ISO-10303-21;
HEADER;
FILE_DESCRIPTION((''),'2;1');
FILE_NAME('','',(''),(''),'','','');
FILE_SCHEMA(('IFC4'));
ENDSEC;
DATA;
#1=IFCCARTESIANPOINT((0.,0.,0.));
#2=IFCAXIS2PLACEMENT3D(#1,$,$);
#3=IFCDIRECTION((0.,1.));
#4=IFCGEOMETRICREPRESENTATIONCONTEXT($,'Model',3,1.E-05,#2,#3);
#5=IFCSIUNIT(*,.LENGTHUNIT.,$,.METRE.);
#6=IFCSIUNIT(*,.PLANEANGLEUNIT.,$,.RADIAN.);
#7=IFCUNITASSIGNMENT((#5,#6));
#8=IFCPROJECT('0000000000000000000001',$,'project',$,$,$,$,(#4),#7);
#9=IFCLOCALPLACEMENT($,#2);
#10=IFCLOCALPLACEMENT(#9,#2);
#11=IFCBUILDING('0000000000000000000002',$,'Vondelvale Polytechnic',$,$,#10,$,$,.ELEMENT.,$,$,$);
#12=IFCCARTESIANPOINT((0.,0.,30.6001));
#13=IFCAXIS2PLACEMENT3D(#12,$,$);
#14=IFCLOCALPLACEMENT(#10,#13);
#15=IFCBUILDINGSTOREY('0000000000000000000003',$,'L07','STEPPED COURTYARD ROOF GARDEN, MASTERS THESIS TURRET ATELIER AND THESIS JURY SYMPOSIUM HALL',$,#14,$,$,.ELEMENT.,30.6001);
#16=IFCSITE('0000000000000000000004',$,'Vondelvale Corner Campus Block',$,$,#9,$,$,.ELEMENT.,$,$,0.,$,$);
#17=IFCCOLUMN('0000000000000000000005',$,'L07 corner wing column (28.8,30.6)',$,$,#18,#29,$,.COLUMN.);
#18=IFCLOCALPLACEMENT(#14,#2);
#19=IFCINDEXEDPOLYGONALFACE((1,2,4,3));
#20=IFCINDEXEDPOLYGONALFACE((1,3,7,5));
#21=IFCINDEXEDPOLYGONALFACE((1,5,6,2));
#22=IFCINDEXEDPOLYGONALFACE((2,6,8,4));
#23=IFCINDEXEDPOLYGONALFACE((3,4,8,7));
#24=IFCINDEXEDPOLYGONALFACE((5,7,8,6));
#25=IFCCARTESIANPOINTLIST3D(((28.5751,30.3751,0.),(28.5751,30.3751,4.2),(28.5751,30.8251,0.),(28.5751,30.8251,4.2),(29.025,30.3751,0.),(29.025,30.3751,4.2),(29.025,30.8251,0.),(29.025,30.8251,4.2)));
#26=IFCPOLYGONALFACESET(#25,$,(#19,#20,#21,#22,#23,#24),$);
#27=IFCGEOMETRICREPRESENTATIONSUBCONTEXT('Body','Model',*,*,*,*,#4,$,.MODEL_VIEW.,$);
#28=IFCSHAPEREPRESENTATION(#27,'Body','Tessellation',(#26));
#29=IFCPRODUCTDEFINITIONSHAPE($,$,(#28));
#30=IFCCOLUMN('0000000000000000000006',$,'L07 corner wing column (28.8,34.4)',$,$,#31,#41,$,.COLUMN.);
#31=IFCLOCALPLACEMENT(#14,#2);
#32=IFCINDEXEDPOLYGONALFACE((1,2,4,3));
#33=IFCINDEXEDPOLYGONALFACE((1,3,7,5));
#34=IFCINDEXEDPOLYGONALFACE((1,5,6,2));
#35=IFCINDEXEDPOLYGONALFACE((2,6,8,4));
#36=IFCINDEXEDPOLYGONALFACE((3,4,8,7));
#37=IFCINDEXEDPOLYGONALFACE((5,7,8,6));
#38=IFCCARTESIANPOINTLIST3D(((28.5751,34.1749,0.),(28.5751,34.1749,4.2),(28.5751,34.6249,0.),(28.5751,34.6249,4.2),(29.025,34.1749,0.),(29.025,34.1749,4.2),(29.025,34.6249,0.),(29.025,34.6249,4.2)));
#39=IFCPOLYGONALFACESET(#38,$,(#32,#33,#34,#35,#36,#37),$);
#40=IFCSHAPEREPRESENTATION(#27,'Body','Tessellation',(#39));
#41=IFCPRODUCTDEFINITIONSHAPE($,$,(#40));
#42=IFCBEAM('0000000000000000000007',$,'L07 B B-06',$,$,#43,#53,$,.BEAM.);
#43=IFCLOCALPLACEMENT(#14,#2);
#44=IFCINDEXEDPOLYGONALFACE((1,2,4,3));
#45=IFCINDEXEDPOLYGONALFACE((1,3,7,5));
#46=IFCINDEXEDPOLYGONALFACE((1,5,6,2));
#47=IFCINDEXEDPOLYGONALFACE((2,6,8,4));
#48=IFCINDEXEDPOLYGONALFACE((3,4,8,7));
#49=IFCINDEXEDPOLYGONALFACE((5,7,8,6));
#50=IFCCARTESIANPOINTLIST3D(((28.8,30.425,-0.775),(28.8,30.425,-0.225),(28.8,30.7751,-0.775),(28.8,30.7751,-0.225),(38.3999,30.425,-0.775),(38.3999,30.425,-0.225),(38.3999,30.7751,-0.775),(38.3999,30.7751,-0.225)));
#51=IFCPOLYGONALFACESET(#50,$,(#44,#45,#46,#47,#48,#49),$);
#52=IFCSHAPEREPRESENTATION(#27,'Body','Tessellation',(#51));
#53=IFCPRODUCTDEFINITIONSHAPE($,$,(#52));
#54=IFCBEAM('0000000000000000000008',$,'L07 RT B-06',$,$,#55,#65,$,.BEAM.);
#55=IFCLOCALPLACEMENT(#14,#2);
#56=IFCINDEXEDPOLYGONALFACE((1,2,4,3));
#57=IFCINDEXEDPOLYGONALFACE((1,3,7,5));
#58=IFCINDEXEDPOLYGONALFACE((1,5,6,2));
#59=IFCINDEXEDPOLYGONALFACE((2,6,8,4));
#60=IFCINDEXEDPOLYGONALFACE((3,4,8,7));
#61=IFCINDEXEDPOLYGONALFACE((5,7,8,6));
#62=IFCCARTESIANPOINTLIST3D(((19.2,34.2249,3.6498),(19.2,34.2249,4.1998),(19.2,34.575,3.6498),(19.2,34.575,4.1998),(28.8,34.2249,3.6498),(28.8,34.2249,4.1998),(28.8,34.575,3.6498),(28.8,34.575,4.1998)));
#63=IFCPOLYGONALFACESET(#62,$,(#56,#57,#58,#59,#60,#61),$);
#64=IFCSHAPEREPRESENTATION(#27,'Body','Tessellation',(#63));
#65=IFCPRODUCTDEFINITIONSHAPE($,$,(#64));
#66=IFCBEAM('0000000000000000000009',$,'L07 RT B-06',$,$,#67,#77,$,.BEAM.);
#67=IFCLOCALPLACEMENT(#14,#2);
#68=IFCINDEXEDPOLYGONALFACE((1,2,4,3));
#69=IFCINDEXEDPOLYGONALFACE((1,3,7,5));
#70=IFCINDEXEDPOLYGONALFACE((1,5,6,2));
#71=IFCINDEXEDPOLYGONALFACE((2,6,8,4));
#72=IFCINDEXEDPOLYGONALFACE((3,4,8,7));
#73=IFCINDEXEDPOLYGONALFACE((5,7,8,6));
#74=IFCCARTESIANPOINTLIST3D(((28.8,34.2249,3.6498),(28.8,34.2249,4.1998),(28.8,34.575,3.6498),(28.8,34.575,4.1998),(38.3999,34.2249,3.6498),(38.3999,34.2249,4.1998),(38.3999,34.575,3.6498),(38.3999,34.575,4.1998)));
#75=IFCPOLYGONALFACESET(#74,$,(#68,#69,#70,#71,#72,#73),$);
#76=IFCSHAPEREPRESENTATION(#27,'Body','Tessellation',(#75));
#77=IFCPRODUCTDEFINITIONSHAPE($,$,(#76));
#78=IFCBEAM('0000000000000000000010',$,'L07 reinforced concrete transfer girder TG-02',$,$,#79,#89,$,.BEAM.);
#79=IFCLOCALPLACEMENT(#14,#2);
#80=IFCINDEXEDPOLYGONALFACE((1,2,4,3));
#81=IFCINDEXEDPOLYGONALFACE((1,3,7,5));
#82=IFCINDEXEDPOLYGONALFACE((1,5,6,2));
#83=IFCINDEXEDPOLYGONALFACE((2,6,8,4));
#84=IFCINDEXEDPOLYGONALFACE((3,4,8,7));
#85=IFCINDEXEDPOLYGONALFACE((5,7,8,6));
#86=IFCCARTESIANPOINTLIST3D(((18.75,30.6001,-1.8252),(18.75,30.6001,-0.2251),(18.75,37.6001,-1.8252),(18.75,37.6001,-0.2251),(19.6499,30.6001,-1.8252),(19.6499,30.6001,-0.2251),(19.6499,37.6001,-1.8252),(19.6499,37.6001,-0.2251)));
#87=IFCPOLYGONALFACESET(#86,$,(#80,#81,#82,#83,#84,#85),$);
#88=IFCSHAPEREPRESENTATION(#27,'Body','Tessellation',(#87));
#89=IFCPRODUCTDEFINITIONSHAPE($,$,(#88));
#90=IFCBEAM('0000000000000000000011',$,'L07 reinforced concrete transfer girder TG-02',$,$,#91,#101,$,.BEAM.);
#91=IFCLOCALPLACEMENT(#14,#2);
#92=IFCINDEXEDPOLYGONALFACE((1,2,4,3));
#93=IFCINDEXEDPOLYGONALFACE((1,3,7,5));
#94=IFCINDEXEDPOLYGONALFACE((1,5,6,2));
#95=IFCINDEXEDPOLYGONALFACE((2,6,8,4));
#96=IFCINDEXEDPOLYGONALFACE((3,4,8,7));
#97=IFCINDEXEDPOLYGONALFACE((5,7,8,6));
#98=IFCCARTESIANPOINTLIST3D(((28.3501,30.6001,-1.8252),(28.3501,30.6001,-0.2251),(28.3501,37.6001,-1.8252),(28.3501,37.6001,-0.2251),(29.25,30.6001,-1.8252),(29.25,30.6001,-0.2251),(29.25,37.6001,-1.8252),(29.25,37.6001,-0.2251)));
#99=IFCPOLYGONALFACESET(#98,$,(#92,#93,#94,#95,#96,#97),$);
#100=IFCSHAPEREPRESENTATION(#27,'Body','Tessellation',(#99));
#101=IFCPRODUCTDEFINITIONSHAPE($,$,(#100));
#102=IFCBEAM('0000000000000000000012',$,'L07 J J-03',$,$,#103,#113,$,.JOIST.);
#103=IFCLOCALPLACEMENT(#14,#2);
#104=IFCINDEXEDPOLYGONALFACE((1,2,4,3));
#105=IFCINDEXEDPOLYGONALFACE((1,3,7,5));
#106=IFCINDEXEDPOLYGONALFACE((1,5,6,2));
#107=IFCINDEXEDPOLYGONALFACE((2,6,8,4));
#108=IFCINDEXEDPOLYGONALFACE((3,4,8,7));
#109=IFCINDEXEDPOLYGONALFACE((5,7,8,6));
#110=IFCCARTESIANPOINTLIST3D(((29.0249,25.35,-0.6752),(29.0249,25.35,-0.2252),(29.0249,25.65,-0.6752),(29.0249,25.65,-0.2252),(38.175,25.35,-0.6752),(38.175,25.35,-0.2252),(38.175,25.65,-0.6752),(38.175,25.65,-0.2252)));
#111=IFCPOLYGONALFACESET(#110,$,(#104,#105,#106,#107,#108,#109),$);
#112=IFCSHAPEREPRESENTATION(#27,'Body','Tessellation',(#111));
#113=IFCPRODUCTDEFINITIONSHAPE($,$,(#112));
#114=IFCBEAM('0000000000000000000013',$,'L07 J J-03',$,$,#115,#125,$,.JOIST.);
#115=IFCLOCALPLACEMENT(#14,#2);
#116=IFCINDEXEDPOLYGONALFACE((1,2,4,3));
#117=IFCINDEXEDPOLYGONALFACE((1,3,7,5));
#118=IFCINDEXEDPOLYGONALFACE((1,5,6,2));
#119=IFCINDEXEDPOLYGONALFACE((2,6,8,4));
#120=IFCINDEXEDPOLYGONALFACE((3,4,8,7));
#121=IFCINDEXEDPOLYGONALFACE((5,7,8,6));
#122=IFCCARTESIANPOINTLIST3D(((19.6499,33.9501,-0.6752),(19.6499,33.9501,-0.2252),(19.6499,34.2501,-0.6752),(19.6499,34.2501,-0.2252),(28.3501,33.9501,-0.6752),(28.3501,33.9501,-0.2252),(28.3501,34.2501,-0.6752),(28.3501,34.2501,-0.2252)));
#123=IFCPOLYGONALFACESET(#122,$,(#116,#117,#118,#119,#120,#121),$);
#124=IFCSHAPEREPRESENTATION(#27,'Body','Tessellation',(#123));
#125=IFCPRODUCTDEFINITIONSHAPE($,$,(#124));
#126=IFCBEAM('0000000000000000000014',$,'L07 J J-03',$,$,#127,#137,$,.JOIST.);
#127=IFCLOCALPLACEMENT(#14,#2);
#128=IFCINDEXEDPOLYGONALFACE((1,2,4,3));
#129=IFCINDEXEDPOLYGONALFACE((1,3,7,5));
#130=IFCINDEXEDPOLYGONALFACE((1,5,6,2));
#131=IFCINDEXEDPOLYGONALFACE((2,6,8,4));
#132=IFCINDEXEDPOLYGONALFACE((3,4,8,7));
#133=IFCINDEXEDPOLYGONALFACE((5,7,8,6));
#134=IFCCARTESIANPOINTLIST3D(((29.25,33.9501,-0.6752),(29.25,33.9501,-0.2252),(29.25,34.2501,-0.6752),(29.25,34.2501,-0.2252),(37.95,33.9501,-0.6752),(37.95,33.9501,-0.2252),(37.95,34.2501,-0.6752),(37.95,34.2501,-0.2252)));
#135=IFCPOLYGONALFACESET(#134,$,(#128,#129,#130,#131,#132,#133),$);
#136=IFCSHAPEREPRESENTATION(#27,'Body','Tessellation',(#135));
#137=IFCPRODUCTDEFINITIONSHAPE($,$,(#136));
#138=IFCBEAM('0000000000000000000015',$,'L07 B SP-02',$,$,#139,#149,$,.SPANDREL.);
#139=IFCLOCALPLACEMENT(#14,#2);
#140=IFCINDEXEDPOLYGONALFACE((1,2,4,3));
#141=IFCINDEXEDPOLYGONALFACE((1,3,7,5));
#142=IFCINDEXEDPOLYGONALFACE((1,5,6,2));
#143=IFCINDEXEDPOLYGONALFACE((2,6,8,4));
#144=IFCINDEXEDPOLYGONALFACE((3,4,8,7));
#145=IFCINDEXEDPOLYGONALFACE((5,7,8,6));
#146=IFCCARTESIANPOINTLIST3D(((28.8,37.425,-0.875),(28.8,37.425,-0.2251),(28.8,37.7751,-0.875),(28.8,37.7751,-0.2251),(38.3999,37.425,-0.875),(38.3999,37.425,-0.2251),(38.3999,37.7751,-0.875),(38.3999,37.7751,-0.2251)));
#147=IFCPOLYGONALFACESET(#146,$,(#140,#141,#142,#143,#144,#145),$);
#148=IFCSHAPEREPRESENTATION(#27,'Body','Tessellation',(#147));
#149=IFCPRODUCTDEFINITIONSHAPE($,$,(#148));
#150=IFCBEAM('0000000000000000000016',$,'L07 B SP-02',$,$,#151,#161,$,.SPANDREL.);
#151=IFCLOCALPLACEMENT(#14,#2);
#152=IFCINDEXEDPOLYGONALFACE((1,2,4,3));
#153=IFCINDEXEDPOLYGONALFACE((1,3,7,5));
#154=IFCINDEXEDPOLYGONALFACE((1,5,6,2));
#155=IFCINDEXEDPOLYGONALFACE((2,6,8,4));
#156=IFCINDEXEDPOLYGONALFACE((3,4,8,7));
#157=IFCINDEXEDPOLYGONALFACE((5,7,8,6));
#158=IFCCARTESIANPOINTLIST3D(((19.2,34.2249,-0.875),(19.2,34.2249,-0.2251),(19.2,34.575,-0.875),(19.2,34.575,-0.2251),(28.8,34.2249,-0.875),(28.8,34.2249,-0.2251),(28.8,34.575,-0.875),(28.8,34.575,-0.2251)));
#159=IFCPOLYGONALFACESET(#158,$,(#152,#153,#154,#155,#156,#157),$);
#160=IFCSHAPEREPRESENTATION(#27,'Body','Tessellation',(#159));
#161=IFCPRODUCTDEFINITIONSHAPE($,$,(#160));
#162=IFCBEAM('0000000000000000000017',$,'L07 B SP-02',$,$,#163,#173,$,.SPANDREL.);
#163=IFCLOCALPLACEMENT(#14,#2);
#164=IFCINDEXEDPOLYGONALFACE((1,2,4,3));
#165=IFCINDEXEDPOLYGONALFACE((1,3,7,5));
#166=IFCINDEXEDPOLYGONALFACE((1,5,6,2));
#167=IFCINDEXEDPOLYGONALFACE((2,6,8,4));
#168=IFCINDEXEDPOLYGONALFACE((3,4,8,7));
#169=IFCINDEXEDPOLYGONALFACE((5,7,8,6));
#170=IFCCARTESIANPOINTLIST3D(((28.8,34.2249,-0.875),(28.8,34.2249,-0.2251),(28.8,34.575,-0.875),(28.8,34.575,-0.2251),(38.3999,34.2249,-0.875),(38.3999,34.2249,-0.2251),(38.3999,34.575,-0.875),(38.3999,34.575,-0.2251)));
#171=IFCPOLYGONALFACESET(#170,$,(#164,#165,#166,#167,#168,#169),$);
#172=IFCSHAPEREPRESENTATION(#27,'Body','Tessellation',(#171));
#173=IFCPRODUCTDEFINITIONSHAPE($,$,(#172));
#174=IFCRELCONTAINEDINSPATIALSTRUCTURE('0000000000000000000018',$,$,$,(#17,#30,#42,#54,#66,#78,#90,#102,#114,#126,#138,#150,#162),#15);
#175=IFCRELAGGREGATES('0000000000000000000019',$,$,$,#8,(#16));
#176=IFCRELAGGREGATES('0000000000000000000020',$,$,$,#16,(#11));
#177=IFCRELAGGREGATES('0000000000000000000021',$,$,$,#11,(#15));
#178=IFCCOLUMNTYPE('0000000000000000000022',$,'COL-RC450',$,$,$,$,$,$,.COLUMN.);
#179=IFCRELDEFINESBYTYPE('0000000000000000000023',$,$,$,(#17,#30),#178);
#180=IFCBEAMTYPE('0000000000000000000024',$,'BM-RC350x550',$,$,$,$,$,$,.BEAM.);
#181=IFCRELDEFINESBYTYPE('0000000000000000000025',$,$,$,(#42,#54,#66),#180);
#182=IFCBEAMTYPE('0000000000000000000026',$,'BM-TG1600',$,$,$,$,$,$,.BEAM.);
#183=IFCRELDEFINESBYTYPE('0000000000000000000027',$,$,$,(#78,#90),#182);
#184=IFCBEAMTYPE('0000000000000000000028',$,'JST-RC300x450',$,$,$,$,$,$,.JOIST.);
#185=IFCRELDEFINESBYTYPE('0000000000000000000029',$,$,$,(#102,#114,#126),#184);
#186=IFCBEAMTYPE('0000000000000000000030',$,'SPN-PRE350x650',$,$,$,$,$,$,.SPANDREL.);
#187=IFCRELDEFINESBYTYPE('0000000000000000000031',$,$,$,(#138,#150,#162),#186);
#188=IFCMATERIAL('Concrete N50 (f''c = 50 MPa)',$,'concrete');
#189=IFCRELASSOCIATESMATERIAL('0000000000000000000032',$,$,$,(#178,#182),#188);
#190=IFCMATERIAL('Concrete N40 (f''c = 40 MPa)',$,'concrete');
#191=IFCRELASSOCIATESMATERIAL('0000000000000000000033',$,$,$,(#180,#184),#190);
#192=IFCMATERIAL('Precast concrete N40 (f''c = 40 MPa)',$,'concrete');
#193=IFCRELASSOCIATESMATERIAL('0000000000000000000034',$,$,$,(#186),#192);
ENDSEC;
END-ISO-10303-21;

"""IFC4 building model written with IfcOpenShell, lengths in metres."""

from ifc_helpers import new_model, si_unit, direction, frame, origin, origin_2d, place, context, subcontext, project, spatial, rectangle, extrude, material, material_profile, profile_set, type_object, element, save


model = new_model("IFC4")

# Units and contexts
model_context = context("Model", 3, precision=1e-05, world=origin(), true_north=direction((0.0, 1.0)))
body_context = subcontext(model_context, "Body", "Model", "MODEL_VIEW")
ifc_project = project(units=[si_unit("LENGTHUNIT", "METRE"), si_unit("PLANEANGLEUNIT", "RADIAN")], contexts=[model_context])

# Site, building, storey
site_placement = place(None, origin())
site = spatial("IfcSite", under=ifc_project, at=site_placement, Name="Vondelvale Corner Campus Block", CompositionType="ELEMENT", RefElevation=0.0)
building_placement = place(site_placement, origin())
building = spatial("IfcBuilding", under=site, at=building_placement, Name="Vondelvale Polytechnic", CompositionType="ELEMENT")
storey_placement = place(building_placement, frame((0.0, 0.0, 30.6001)))
storey = spatial("IfcBuildingStorey", under=building, at=storey_placement, Name="L07", Description="STEPPED COURTYARD ROOF GARDEN, MASTERS THESIS TURRET ATELIER AND THESIS JURY SYMPOSIUM HALL", CompositionType="ELEMENT", Elevation=30.6001)

# Columns
ifc_material_1 = material(Name="Concrete N50 (f'c = 50 MPa)", Category="concrete")
ifc_material_profile_1 = material_profile(ifc_material_1, rectangle(XDim=0.45, YDim=0.45, at=origin_2d()), Name="RC-COL-450x450")
ifc_profile_set_1 = profile_set([ifc_material_profile_1], Name="Concrete N50 (f'c = 50 MPa)")
column_type = type_object("IfcColumnType", Name="COL-RC450", PredefinedType="COLUMN", material=ifc_profile_set_1)
for number, where, z_axis, x_axis, name in (
    (1, (28.8, 30.6001, 0.0), (0.0, 0.0, 1.0), (1.0, 0.0, 0.0), "L07 corner wing column (28.8,30.6)"),
    (2, (28.8, 34.3999, 0.0), (0.0, 0.0, 1.0), (1.0, 0.0, 0.0), "L07 corner wing column (28.8,34.4)"),
):
    element("IfcColumn", number, at=place(storey_placement, frame(where, z_axis=z_axis, x_axis=x_axis)), inside=storey, type_object=column_type, Name=name, PredefinedType="COLUMN", context=body_context, shape_type="SweptSolid", body=[
        extrude(rectangle(XDim=0.45, YDim=0.45, at=origin_2d()), origin(), (0.0, 0.0, 1.0), 4.2),
    ])

# Beams
ifc_material_2 = material(Name="Concrete N40 (f'c = 40 MPa)", Category="concrete")
ifc_material_profile_2 = material_profile(ifc_material_2, rectangle(XDim=0.3501, YDim=0.55, at=origin_2d()), Name="RC-BM-350x550")
ifc_profile_set_2 = profile_set([ifc_material_profile_2], Name="Concrete N40 (f'c = 40 MPa)")
beam_type_1 = type_object("IfcBeamType", Name="BM-RC350x550", PredefinedType="BEAM", material=ifc_profile_set_2)
beam_1_placement = place(storey_placement, frame((28.8, 30.6001, -0.5), z_axis=(1.0, 0.0, 0.0), x_axis=(0.0, 1.0, 0.0)))
element("IfcBeam", 3, at=beam_1_placement, inside=storey, type_object=beam_type_1, Name="L07 B B-06", PredefinedType="BEAM", context=body_context, shape_type="SweptSolid", body=[
    extrude(rectangle(XDim=0.3501, YDim=0.55, at=origin_2d()), origin(), (0.0, 0.0, 1.0), 9.5999),
])
beam_2_placement = place(storey_placement, frame((19.2, 34.3999, 3.9248), z_axis=(1.0, 0.0, 0.0), x_axis=(0.0, 1.0, 0.0)))
element("IfcBeam", 4, at=beam_2_placement, inside=storey, type_object=beam_type_1, Name="L07 RT B-06", PredefinedType="BEAM", context=body_context, shape_type="SweptSolid", body=[
    extrude(rectangle(XDim=0.3501, YDim=0.55, at=origin_2d()), origin(), (0.0, 0.0, 1.0), 9.6001),
])
beam_3_placement = place(storey_placement, frame((28.8, 34.3999, 3.9248), z_axis=(1.0, 0.0, 0.0), x_axis=(0.0, 1.0, 0.0)))
element("IfcBeam", 5, at=beam_3_placement, inside=storey, type_object=beam_type_1, Name="L07 RT B-06", PredefinedType="BEAM", context=body_context, shape_type="SweptSolid", body=[
    extrude(rectangle(XDim=0.3501, YDim=0.55, at=origin_2d()), origin(), (0.0, 0.0, 1.0), 9.5999),
])
ifc_material_profile_3 = material_profile(ifc_material_1, rectangle(XDim=0.8999, YDim=1.6001, at=origin_2d()), Name="RC-TG-900x1600")
ifc_profile_set_3 = profile_set([ifc_material_profile_3], Name="Concrete N50 (f'c = 50 MPa)")
beam_type_2 = type_object("IfcBeamType", Name="BM-TG1600", PredefinedType="BEAM", material=ifc_profile_set_3)
for number, where, z_axis, x_axis, name in (
    (6, (19.2, 30.6001, -1.0251), (0.0, 1.0, 0.0), (-1.0, 0.0, 0.0), "L07 reinforced concrete transfer girder TG-02"),
    (7, (28.8, 30.6001, -1.0251), (0.0, 1.0, 0.0), (-1.0, 0.0, 0.0), "L07 reinforced concrete transfer girder TG-02"),
):
    element("IfcBeam", number, at=place(storey_placement, frame(where, z_axis=z_axis, x_axis=x_axis)), inside=storey, type_object=beam_type_2, Name=name, PredefinedType="BEAM", context=body_context, shape_type="SweptSolid", body=[
        extrude(rectangle(XDim=0.8999, YDim=1.6001, at=origin_2d()), origin(), (0.0, 0.0, 1.0), 7.0),
    ])
ifc_material_profile_4 = material_profile(ifc_material_2, rectangle(XDim=0.3, YDim=0.45, at=origin_2d()), Name="RC-JST-300x450")
ifc_profile_set_4 = profile_set([ifc_material_profile_4], Name="Concrete N40 (f'c = 40 MPa)")
beam_type_3 = type_object("IfcBeamType", Name="JST-RC300x450", PredefinedType="JOIST", material=ifc_profile_set_4)
beam_4_placement = place(storey_placement, frame((29.0249, 25.5, -0.4502), z_axis=(1.0, 0.0, 0.0), x_axis=(0.0, 1.0, 0.0)))
element("IfcBeam", 8, at=beam_4_placement, inside=storey, type_object=beam_type_3, Name="L07 J J-03", PredefinedType="JOIST", context=body_context, shape_type="SweptSolid", body=[
    extrude(rectangle(XDim=0.3, YDim=0.45, at=origin_2d()), origin(), (0.0, 0.0, 1.0), 9.1501),
])
beam_5_placement = place(storey_placement, frame((19.6499, 34.1001, -0.4502), z_axis=(1.0, 0.0, 0.0), x_axis=(0.0, 1.0, 0.0)))
element("IfcBeam", 9, at=beam_5_placement, inside=storey, type_object=beam_type_3, Name="L07 J J-03", PredefinedType="JOIST", context=body_context, shape_type="SweptSolid", body=[
    extrude(rectangle(XDim=0.3, YDim=0.45, at=origin_2d()), origin(), (0.0, 0.0, 1.0), 8.7002),
])
beam_6_placement = place(storey_placement, frame((29.25, 34.1001, -0.4502), z_axis=(1.0, 0.0, 0.0), x_axis=(0.0, 1.0, 0.0)))
element("IfcBeam", 10, at=beam_6_placement, inside=storey, type_object=beam_type_3, Name="L07 J J-03", PredefinedType="JOIST", context=body_context, shape_type="SweptSolid", body=[
    extrude(rectangle(XDim=0.3, YDim=0.45, at=origin_2d()), origin(), (0.0, 0.0, 1.0), 8.7),
])
ifc_material_3 = material(Name="Precast concrete N40 (f'c = 40 MPa)", Category="concrete")
ifc_material_profile_5 = material_profile(ifc_material_3, rectangle(XDim=0.3501, YDim=0.6499, at=origin_2d()), Name="RC-SPN-350x650")
ifc_profile_set_5 = profile_set([ifc_material_profile_5], Name="Precast concrete N40 (f'c = 40 MPa)")
beam_type_4 = type_object("IfcBeamType", Name="SPN-PRE350x650", PredefinedType="SPANDREL", material=ifc_profile_set_5)
beam_7_placement = place(storey_placement, frame((28.8, 37.6001, -0.55), z_axis=(1.0, 0.0, 0.0), x_axis=(0.0, 1.0, 0.0)))
element("IfcBeam", 11, at=beam_7_placement, inside=storey, type_object=beam_type_4, Name="L07 B SP-02", PredefinedType="SPANDREL", context=body_context, shape_type="SweptSolid", body=[
    extrude(rectangle(XDim=0.3501, YDim=0.6499, at=origin_2d()), origin(), (0.0, 0.0, 1.0), 9.5999),
])
beam_8_placement = place(storey_placement, frame((19.2, 34.3999, -0.55), z_axis=(1.0, 0.0, 0.0), x_axis=(0.0, 1.0, 0.0)))
element("IfcBeam", 12, at=beam_8_placement, inside=storey, type_object=beam_type_4, Name="L07 B SP-02", PredefinedType="SPANDREL", context=body_context, shape_type="SweptSolid", body=[
    extrude(rectangle(XDim=0.3501, YDim=0.6499, at=origin_2d()), origin(), (0.0, 0.0, 1.0), 9.6001),
])
beam_9_placement = place(storey_placement, frame((28.8, 34.3999, -0.55), z_axis=(1.0, 0.0, 0.0), x_axis=(0.0, 1.0, 0.0)))
element("IfcBeam", 13, at=beam_9_placement, inside=storey, type_object=beam_type_4, Name="L07 B SP-02", PredefinedType="SPANDREL", context=body_context, shape_type="SweptSolid", body=[
    extrude(rectangle(XDim=0.3501, YDim=0.6499, at=origin_2d()), origin(), (0.0, 0.0, 1.0), 9.5999),
])

save(model, "model.ifc")
